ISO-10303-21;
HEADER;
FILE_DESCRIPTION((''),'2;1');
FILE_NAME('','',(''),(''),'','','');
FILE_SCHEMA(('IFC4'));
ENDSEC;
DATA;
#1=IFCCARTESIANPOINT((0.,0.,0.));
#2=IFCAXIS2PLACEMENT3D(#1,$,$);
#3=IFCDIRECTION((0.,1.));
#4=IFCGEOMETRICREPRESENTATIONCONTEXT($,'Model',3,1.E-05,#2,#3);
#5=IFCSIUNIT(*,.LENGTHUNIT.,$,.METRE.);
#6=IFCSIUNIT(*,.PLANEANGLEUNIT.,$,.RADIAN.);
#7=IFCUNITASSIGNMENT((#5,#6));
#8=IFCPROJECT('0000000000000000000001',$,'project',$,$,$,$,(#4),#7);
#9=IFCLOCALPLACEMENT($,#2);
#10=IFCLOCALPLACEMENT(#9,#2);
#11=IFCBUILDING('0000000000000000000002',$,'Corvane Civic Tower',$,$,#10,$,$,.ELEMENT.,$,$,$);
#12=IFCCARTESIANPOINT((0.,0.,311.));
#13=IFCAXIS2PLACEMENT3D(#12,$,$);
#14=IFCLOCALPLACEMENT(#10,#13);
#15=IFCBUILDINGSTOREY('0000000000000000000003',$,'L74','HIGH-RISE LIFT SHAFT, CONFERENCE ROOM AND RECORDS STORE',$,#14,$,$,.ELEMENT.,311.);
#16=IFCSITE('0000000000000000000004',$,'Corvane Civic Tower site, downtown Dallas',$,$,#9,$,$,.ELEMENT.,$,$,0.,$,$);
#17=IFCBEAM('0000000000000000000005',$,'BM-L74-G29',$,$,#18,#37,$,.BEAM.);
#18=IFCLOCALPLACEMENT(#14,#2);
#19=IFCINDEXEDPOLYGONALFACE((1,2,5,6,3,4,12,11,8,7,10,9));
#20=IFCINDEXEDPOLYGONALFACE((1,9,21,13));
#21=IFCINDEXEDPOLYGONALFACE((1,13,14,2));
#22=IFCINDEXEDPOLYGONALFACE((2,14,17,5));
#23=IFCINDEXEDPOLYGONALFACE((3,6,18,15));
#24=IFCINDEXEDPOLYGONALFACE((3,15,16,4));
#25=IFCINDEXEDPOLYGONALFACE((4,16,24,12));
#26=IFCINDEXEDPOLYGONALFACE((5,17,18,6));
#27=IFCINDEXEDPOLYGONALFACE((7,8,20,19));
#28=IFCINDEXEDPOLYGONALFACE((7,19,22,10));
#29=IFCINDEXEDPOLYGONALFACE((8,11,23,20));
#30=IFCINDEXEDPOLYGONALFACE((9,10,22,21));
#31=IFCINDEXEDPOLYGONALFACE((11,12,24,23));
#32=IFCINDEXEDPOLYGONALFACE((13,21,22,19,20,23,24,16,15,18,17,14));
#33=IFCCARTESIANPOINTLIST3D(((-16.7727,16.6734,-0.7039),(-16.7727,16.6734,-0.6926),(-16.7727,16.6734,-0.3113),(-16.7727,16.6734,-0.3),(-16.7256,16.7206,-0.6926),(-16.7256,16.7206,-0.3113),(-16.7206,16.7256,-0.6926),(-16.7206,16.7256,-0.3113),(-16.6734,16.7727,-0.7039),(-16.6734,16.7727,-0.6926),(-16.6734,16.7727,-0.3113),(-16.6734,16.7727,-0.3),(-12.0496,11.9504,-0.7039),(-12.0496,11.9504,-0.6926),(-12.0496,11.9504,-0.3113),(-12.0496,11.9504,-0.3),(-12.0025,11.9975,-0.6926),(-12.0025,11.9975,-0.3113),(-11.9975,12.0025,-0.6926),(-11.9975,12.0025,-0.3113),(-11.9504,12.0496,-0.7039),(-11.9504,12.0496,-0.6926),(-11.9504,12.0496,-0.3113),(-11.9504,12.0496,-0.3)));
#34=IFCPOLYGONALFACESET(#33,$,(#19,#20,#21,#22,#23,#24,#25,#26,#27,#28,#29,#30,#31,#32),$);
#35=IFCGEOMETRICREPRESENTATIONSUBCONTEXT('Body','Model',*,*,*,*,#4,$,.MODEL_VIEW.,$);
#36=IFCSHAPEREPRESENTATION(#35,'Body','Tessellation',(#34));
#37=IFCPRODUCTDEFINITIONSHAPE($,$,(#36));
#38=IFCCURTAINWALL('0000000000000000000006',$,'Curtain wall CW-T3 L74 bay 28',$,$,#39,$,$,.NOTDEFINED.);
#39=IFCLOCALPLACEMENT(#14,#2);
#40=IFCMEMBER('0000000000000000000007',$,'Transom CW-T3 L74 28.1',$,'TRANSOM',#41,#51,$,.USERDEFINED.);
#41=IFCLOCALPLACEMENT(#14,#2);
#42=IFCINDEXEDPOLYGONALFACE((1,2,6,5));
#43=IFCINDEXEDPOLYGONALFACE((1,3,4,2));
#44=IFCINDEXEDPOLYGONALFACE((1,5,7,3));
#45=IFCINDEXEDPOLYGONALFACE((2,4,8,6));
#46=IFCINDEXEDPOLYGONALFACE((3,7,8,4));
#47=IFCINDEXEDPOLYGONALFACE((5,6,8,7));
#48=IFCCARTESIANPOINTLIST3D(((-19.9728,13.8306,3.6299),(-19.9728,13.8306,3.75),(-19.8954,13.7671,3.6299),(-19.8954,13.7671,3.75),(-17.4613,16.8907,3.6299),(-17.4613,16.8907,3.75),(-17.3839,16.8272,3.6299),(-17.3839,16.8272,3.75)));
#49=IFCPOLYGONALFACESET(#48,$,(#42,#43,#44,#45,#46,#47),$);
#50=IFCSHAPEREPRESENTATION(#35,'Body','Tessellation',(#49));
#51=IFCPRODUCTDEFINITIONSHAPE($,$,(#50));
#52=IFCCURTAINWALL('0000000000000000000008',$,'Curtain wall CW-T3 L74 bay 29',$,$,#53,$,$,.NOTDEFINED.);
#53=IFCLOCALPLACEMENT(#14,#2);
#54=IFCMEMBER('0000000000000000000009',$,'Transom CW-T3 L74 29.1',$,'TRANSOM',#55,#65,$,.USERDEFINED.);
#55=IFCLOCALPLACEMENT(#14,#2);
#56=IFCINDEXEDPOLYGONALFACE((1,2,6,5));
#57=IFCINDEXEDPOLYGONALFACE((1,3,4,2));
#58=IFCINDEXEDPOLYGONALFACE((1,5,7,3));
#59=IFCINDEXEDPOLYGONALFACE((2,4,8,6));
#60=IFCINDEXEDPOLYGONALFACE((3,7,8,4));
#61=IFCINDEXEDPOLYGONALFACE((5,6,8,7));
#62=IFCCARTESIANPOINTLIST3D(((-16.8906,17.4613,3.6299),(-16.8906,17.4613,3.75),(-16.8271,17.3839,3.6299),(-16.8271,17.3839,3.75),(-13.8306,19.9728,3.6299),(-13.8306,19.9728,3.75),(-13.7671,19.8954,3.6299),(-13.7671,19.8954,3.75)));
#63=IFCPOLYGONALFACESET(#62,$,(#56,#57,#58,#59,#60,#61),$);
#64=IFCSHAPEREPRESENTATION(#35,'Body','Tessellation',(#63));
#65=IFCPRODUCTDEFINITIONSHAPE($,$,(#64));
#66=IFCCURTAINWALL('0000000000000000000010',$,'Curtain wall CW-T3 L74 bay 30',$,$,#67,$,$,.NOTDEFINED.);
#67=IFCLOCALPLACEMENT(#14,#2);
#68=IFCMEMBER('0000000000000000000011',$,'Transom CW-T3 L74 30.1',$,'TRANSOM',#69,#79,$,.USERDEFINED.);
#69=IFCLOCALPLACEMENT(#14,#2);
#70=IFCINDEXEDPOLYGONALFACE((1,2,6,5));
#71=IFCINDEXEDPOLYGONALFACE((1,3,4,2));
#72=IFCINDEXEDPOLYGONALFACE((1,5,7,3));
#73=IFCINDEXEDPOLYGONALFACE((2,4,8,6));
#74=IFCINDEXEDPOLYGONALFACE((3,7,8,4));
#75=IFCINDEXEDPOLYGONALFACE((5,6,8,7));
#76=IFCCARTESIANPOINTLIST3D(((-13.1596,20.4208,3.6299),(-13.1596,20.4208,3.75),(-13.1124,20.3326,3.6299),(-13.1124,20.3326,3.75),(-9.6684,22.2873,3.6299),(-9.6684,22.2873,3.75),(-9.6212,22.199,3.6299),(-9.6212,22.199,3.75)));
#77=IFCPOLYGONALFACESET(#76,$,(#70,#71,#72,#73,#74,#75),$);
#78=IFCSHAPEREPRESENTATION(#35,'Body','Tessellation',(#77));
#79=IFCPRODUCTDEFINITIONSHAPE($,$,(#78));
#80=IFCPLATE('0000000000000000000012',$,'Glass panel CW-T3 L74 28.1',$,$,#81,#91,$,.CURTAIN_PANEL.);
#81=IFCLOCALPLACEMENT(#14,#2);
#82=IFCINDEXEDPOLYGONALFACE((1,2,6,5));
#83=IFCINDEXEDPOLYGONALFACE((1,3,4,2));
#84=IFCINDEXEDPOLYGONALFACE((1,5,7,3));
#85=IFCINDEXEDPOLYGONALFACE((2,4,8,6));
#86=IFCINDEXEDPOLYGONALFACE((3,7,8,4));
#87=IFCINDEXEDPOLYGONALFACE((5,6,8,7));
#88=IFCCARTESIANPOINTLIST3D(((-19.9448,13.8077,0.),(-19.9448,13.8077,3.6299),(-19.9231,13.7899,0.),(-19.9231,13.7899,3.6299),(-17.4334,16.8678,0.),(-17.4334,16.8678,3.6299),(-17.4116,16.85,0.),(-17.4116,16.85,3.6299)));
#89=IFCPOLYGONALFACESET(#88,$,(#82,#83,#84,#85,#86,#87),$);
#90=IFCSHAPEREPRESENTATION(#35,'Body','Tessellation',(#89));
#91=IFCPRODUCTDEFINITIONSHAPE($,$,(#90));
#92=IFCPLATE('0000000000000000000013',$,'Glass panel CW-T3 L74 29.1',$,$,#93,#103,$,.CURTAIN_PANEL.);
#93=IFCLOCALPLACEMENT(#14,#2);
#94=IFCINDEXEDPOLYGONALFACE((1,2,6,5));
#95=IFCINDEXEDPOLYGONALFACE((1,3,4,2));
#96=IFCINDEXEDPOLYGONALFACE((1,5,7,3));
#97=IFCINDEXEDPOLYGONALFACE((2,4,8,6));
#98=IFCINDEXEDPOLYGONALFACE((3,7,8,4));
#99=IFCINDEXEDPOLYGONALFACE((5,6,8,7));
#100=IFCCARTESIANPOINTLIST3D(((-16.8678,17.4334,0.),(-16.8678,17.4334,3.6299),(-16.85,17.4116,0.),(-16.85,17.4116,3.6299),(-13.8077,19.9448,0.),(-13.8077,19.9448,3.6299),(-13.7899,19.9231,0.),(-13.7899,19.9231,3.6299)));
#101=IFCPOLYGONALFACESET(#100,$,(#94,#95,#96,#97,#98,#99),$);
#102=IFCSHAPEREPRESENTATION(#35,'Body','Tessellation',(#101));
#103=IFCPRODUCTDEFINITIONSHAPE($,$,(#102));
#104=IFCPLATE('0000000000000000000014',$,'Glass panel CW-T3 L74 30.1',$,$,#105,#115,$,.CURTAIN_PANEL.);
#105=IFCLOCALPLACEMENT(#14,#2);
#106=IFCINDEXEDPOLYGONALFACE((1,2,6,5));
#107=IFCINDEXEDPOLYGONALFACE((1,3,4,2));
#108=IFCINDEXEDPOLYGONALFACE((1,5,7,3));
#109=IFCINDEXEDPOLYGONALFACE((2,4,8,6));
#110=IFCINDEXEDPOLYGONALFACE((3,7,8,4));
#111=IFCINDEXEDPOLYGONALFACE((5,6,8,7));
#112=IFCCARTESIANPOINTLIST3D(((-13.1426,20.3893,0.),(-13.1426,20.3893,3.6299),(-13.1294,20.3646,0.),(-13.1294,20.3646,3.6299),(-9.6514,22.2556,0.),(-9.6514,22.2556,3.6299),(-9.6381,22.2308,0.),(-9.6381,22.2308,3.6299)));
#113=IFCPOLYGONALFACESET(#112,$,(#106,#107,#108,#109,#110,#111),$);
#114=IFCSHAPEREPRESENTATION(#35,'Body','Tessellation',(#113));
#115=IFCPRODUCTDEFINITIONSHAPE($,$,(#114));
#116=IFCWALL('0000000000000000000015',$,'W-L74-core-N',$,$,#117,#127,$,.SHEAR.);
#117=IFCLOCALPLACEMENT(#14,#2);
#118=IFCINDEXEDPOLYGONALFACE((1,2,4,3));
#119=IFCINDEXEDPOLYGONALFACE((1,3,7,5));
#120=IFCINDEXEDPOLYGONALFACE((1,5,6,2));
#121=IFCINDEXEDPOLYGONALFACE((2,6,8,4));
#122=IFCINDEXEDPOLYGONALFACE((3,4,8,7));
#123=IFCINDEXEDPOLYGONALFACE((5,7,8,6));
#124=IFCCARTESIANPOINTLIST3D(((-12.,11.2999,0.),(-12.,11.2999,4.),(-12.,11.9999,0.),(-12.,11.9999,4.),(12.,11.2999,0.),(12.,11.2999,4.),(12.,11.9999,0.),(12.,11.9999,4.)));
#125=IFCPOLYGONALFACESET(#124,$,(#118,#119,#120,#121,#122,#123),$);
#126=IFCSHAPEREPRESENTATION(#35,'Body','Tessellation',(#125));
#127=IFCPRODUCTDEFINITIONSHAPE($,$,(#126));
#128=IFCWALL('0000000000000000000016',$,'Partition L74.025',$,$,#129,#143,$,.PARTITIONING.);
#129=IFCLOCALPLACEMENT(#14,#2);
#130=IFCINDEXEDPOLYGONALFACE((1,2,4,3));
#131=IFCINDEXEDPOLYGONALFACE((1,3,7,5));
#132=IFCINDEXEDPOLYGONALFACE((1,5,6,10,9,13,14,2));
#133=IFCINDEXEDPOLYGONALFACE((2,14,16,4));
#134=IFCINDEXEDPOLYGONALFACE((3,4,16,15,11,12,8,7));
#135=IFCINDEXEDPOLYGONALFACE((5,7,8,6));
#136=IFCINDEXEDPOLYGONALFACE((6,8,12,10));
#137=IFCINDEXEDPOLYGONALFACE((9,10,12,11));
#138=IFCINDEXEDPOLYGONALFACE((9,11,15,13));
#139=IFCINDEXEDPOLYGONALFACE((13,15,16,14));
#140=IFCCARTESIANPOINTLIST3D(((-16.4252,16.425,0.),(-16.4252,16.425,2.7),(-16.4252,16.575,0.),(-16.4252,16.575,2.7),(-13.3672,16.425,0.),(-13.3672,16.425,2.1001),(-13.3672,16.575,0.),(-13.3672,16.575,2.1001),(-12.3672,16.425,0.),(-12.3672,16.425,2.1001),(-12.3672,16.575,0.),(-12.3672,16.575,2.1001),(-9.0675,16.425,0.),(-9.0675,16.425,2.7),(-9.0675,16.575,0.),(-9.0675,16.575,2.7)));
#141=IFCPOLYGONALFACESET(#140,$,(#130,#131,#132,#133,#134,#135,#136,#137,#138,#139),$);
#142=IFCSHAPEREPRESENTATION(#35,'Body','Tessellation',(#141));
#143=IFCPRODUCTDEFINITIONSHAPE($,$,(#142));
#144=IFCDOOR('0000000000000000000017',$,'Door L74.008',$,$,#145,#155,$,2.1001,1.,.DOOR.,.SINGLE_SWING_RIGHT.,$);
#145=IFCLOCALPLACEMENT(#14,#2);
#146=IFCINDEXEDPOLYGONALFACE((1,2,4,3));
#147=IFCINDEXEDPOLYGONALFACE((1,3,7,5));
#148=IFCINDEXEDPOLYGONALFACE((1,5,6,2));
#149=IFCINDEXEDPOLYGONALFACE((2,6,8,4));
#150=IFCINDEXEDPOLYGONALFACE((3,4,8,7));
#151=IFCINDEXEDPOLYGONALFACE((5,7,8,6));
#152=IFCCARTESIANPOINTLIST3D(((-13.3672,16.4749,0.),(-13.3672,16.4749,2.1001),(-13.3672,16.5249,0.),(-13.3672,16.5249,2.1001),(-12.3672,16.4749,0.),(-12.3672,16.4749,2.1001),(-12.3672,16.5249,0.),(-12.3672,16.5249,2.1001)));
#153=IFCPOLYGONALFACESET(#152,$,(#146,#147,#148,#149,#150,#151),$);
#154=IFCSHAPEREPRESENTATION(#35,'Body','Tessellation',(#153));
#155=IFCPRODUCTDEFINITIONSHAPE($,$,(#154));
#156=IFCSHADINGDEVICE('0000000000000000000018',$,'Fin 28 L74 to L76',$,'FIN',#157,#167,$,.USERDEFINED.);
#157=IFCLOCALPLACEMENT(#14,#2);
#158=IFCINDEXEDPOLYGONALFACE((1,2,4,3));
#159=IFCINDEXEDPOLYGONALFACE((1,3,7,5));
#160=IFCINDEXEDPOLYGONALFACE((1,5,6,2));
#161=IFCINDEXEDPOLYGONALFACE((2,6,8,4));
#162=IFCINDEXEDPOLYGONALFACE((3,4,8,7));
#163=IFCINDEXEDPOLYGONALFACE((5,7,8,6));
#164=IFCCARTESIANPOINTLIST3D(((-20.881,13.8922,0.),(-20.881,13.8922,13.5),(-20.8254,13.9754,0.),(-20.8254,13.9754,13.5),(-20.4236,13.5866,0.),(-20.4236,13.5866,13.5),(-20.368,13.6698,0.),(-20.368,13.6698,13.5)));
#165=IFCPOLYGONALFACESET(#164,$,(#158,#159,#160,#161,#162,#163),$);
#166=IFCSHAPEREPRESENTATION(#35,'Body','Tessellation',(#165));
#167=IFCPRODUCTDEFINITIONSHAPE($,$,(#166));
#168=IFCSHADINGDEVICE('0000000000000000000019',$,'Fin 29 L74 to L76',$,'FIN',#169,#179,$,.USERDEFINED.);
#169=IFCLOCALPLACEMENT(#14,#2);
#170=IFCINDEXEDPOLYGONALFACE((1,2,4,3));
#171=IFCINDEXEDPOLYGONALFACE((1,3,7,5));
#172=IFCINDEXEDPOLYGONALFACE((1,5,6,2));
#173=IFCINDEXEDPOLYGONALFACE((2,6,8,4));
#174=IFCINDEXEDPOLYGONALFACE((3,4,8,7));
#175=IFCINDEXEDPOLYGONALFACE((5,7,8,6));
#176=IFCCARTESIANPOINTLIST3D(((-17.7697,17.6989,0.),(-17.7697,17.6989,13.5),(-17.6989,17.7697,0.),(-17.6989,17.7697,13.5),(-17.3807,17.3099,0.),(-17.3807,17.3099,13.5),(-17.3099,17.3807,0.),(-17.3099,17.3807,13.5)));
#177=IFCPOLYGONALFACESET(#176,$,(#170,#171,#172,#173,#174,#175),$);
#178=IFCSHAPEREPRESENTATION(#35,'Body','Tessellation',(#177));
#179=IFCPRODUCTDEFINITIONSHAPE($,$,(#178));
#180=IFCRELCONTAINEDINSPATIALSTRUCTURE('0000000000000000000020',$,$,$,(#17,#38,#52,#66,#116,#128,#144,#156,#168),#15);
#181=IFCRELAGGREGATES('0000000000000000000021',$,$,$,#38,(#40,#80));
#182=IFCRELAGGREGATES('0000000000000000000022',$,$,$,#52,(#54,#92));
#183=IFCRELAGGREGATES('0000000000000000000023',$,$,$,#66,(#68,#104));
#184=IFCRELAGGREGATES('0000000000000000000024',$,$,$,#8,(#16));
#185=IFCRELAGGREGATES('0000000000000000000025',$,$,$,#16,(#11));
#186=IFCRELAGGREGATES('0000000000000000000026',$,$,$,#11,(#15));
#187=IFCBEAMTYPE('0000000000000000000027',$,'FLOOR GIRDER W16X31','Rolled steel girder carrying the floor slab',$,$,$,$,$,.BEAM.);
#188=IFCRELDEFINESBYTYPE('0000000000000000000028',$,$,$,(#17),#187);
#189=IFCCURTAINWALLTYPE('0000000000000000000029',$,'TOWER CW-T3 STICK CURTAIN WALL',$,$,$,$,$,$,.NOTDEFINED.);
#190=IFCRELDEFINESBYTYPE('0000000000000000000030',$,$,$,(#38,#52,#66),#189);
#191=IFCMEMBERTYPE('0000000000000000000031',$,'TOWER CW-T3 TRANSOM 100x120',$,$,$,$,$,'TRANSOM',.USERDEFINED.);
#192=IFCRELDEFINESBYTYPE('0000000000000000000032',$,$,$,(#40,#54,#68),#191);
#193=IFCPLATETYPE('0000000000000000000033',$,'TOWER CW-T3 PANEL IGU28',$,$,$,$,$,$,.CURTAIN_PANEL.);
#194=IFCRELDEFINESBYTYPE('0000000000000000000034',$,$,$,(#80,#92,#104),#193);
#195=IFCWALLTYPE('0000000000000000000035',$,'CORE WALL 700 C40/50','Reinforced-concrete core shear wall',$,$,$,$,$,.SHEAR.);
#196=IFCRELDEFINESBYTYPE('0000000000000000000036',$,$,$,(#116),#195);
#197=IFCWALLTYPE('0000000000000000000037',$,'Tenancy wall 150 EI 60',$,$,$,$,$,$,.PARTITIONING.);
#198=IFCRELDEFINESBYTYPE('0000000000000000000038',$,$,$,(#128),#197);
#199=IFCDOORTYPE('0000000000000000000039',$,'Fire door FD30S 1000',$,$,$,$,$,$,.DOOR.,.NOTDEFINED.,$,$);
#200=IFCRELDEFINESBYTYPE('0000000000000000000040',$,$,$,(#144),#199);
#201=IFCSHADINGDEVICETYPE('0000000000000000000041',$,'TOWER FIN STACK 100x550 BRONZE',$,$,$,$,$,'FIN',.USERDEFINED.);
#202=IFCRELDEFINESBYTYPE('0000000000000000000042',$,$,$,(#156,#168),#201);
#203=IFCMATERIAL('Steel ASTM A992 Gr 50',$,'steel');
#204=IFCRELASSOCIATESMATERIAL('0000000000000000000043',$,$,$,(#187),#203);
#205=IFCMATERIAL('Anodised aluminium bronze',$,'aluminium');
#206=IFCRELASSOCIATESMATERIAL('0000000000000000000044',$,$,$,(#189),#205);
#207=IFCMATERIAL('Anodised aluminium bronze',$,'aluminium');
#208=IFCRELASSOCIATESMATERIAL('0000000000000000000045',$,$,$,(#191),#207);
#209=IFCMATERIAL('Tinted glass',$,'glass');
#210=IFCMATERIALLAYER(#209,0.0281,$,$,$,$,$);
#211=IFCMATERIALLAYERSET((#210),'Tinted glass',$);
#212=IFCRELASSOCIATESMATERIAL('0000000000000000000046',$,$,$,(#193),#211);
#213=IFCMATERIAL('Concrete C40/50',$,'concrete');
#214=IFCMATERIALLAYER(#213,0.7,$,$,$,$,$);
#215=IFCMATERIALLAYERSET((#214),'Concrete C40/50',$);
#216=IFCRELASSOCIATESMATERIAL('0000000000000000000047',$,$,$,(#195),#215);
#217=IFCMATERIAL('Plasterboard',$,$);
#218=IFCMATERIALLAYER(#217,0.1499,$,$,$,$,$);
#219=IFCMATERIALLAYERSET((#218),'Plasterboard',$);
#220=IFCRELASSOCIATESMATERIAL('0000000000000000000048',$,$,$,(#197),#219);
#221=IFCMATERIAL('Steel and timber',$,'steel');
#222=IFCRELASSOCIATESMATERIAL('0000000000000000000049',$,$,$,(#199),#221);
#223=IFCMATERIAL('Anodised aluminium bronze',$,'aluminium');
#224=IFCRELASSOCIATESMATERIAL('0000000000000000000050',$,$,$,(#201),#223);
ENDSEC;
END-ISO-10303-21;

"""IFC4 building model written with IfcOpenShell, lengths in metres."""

from ifc_helpers import new_model, si_unit, direction, frame, frame_2d, origin, origin_2d, place, context, subcontext, project, spatial, rectangle, i_section, extrude, material, layer, layer_set, material_profile, profile_set, type_object, element, fill, aggregate, save


model = new_model("IFC4")

# Units and contexts
model_context = context("Model", 3, precision=1e-05, world=origin(), true_north=direction((0.0, 1.0)))
body_context = subcontext(model_context, "Body", "Model", "MODEL_VIEW")
ifc_project = project(units=[si_unit("LENGTHUNIT", "METRE"), si_unit("PLANEANGLEUNIT", "RADIAN")], contexts=[model_context])

# Site, building, storey
site_placement = place(None, origin())
site = spatial("IfcSite", under=ifc_project, at=site_placement, Name="Corvane Civic Tower site, downtown Dallas", CompositionType="ELEMENT", RefElevation=0.0)
building_placement = place(site_placement, origin())
building = spatial("IfcBuilding", under=site, at=building_placement, Name="Corvane Civic Tower", CompositionType="ELEMENT")
storey_placement = place(building_placement, frame((0.0, 0.0, 311.0)))
storey = spatial("IfcBuildingStorey", under=building, at=storey_placement, Name="L74", Description="HIGH-RISE LIFT SHAFT, CONFERENCE ROOM AND RECORDS STORE", CompositionType="ELEMENT", Elevation=311.0)

# Beam
ifc_material_1 = material(Name="Steel ASTM A992 Gr 50", Category="steel")
ifc_material_profile_1 = material_profile(ifc_material_1, i_section(OverallWidth=0.1404, OverallDepth=0.4038, WebThickness=0.0071, FlangeThickness=0.0112, at=origin_2d()), Name="W16X31")
ifc_profile_set_1 = profile_set([ifc_material_profile_1], Name="Steel ASTM A992 Gr 50")
beam_type_1 = type_object("IfcBeamType", Name="FLOOR GIRDER W16X31", Description="Rolled steel girder carrying the floor slab", PredefinedType="BEAM", material=ifc_profile_set_1)
beam_1_placement = place(storey_placement, frame((-12.0, 12.0, -0.502), z_axis=(-0.707107, 0.707107, 0.0), x_axis=(-0.707107, -0.707107, 0.0)))
element("IfcBeam", 1, at=beam_1_placement, inside=storey, type_object=beam_type_1, Name="BM-L74-G29", PredefinedType="BEAM", context=body_context, shape_type="SweptSolid", body=[
    extrude(i_section(OverallWidth=0.1404, OverallDepth=0.4038, WebThickness=0.0071, FlangeThickness=0.0112, at=origin_2d()), origin(), (0.0, 0.0, 1.0), 6.6794),
])

# Curtain walls, members
ifc_material_2 = material(Name="Anodised aluminium bronze", Category="aluminium")
curtain_wall_type = type_object("IfcCurtainWallType", Name="TOWER CW-T3 STICK CURTAIN WALL", PredefinedType="NOTDEFINED", material=ifc_material_2)
curtain_wall_1_placement = place(storey_placement, origin())
curtain_wall_1 = element("IfcCurtainWall", 2, at=curtain_wall_1_placement, inside=storey, type_object=curtain_wall_type, Name="Curtain wall CW-T3 L74 bay 28", PredefinedType="NOTDEFINED")
ifc_material_3 = material(Name="Anodised aluminium bronze", Category="aluminium")
ifc_material_profile_2 = material_profile(ifc_material_3, rectangle(XDim=0.1001, YDim=0.1201, at=origin_2d()), Name="TOWER CW-T3 TRANSOM 100x120")
ifc_profile_set_2 = profile_set([ifc_material_profile_2], Name="Anodised aluminium bronze")
member_type = type_object("IfcMemberType", Name="TOWER CW-T3 TRANSOM 100x120", ElementType="TRANSOM", PredefinedType="USERDEFINED", material=ifc_profile_set_2)
member_1_placement = place(storey_placement, frame((-19.9341, 13.7988, 3.6899), z_axis=(0.634416, 0.772992, 0.0), x_axis=(-0.772992, 0.634416, 0.0)))
member_1 = element("IfcMember", 3, at=member_1_placement, type_object=member_type, Name="Transom CW-T3 L74 28.1", ObjectType="TRANSOM", PredefinedType="USERDEFINED", context=body_context, shape_type="SweptSolid", body=[
    extrude(rectangle(XDim=0.1001, YDim=0.1201, at=origin_2d()), origin(), (0.0, 0.0, 1.0), 3.9587),
])
curtain_wall_2_placement = place(storey_placement, origin())
curtain_wall_2 = element("IfcCurtainWall", 4, at=curtain_wall_2_placement, inside=storey, type_object=curtain_wall_type, Name="Curtain wall CW-T3 L74 bay 29", PredefinedType="NOTDEFINED")
member_2_placement = place(storey_placement, frame((-16.8589, 17.4226, 3.6899), z_axis=(0.772992, 0.634416, 0.0), x_axis=(-0.634416, 0.772992, 0.0)))
member_2 = element("IfcMember", 5, at=member_2_placement, type_object=member_type, Name="Transom CW-T3 L74 29.1", ObjectType="TRANSOM", PredefinedType="USERDEFINED", context=body_context, shape_type="SweptSolid", body=[
    extrude(rectangle(XDim=0.1001, YDim=0.1201, at=origin_2d()), origin(), (0.0, 0.0, 1.0), 3.9587),
])
curtain_wall_3_placement = place(storey_placement, origin())
curtain_wall_3 = element("IfcCurtainWall", 6, at=curtain_wall_3_placement, inside=storey, type_object=curtain_wall_type, Name="Curtain wall CW-T3 L74 bay 30", PredefinedType="NOTDEFINED")
member_3_placement = place(storey_placement, frame((-13.136, 20.3767, 3.6899), z_axis=(0.881883, 0.471468, 0.0), x_axis=(-0.471468, 0.881883, 0.0)))
member_3 = element("IfcMember", 7, at=member_3_placement, type_object=member_type, Name="Transom CW-T3 L74 30.1", ObjectType="TRANSOM", PredefinedType="USERDEFINED", context=body_context, shape_type="SweptSolid", body=[
    extrude(rectangle(XDim=0.1001, YDim=0.1201, at=origin_2d()), origin(), (0.0, 0.0, 1.0), 3.9587),
])

# Plates
ifc_material_4 = material(Name="Tinted glass", Category="glass")
ifc_layer_1 = layer(ifc_material_4, 0.0281)
ifc_layer_set_1 = layer_set([ifc_layer_1], Name="Tinted glass")
plate_type = type_object("IfcPlateType", Name="TOWER CW-T3 PANEL IGU28", PredefinedType="CURTAIN_PANEL", material=ifc_layer_set_1)
plate_1_placement = place(storey_placement, frame((-18.6782, 15.3289, 0.0), z_axis=(0.0, 0.0, 1.0), x_axis=(0.634405, 0.773001, 0.0)))
plate_1 = element("IfcPlate", 8, at=plate_1_placement, type_object=plate_type, Name="Glass panel CW-T3 L74 28.1", PredefinedType="CURTAIN_PANEL", context=body_context, shape_type="SweptSolid", body=[
    extrude(rectangle(XDim=3.9587, YDim=0.0281, at=origin_2d()), origin(), (0.0, 0.0, 1.0), 3.6299),
])
aggregate(curtain_wall_1, [member_1, plate_1])
plate_2_placement = place(storey_placement, frame((-15.3289, 18.6782, 0.0), z_axis=(0.0, 0.0, 1.0), x_axis=(0.773001, 0.634405, 0.0)))
plate_2 = element("IfcPlate", 9, at=plate_2_placement, type_object=plate_type, Name="Glass panel CW-T3 L74 29.1", PredefinedType="CURTAIN_PANEL", context=body_context, shape_type="SweptSolid", body=[
    extrude(rectangle(XDim=3.9587, YDim=0.0281, at=origin_2d()), origin(), (0.0, 0.0, 1.0), 3.6299),
])
aggregate(curtain_wall_2, [member_2, plate_2])
plate_3_placement = place(storey_placement, frame((-11.3904, 21.3101, 0.0), z_axis=(0.0, 0.0, 1.0), x_axis=(0.881908, 0.471421, 0.0)))
plate_3 = element("IfcPlate", 10, at=plate_3_placement, type_object=plate_type, Name="Glass panel CW-T3 L74 30.1", PredefinedType="CURTAIN_PANEL", context=body_context, shape_type="SweptSolid", body=[
    extrude(rectangle(XDim=3.9587, YDim=0.0281, at=origin_2d()), origin(), (0.0, 0.0, 1.0), 3.6299),
])
aggregate(curtain_wall_3, [member_3, plate_3])

# Wall
ifc_material_5 = material(Name="Concrete C40/50", Category="concrete")
ifc_layer_2 = layer(ifc_material_5, 0.7)
ifc_layer_set_2 = layer_set([ifc_layer_2], Name="Concrete C40/50")
wall_type_1 = type_object("IfcWallType", Name="CORE WALL 700 C40/50", Description="Reinforced-concrete core shear wall", PredefinedType="SHEAR", material=ifc_layer_set_2)
wall_1_placement = place(storey_placement, frame((-12.0, 11.6499, 0.0), z_axis=(0.0, 0.0, 1.0), x_axis=(1.0, 0.0, 0.0)))
element("IfcWall", 11, at=wall_1_placement, inside=storey, type_object=wall_type_1, Name="W-L74-core-N", PredefinedType="SHEAR", context=body_context, shape_type="SweptSolid", body=[
    extrude(rectangle(XDim=24.0, YDim=0.7, at=frame_2d((12.0, 0.0))), origin(), (0.0, 0.0, 1.0), 4.0),
])

# Wall, opening, door
ifc_material_6 = material(Name="Plasterboard")
ifc_layer_3 = layer(ifc_material_6, 0.1499)
ifc_layer_set_3 = layer_set([ifc_layer_3], Name="Plasterboard")
wall_type_2 = type_object("IfcWallType", Name="Tenancy wall 150 EI 60", PredefinedType="PARTITIONING", material=ifc_layer_set_3)
wall_2_placement = place(storey_placement, frame((-16.425, 16.5, 0.0), z_axis=(0.0, 0.0, 1.0), x_axis=(1.0, 0.0, 0.0)))
wall_2 = element("IfcWall", 12, at=wall_2_placement, inside=storey, type_object=wall_type_2, Name="Partition L74.025", PredefinedType="PARTITIONING", context=body_context, shape_type="SweptSolid", body=[
    extrude(rectangle(XDim=7.3577, YDim=0.1499, at=frame_2d((3.6787, 0.0))), origin(), (0.0, 0.0, 1.0), 2.7),
])
opening_placement = place(wall_2_placement, frame((3.0579, 0.0, 0.0)))
opening = element("IfcOpeningElement", 13, at=opening_placement, cuts=wall_2, PredefinedType="OPENING", context=body_context, shape_type="SweptSolid", body=[
    extrude(rectangle(XDim=1.0, YDim=2.1001, at=frame_2d((0.5, 1.05))), frame((0.0, 0.085, 0.0), z_axis=(0.0, -1.0, 0.0), x_axis=(1.0, 0.0, 0.0)), (0.0, 0.0, 1.0), 0.1699),
])
ifc_material_7 = material(Name="Steel and timber", Category="steel")
door_type = type_object("IfcDoorType", Name="Fire door FD30S 1000", OperationType="NOTDEFINED", PredefinedType="DOOR", material=ifc_material_7)
door_placement = place(opening_placement, origin())
door = element("IfcDoor", 14, at=door_placement, inside=storey, type_object=door_type, Name="Door L74.008", OperationType="SINGLE_SWING_RIGHT", OverallHeight=2.1001, OverallWidth=1.0, PredefinedType="DOOR", context=body_context, shape_type="SweptSolid", body=[
    extrude(rectangle(XDim=1.0, YDim=2.1001, at=frame_2d((0.5, 1.05))), frame((0.0, 0.0249, 0.0), z_axis=(0.0, -1.0, 0.0), x_axis=(1.0, 0.0, 0.0)), (0.0, 0.0, 1.0), 0.05),
])
fill(opening, door)

# Shading devices
ifc_material_8 = material(Name="Anodised aluminium bronze", Category="aluminium")
ifc_material_profile_3 = material_profile(ifc_material_8, rectangle(XDim=0.1001, YDim=0.55, at=origin_2d()), Name="TOWER FIN STACK 100x550 BRONZE")
ifc_profile_set_3 = profile_set([ifc_material_profile_3], Name="Anodised aluminium bronze")
shading_device_type = type_object("IfcShadingDeviceType", Name="TOWER FIN STACK 100x550 BRONZE", ElementType="FIN", PredefinedType="USERDEFINED", material=ifc_profile_set_3)
for number, where, z_axis, x_axis, name in (
    (15, (-20.6245, 13.781, 0.0), (0.0, 0.0, 1.0), (0.55557, 0.83147, 0.0), "Fin 28 L74 to L76"),
    (16, (-17.5398, 17.5398, 0.0), (0.0, 0.0, 1.0), (0.707107, 0.707107, 0.0), "Fin 29 L74 to L76"),
):
    element("IfcShadingDevice", number, at=place(storey_placement, frame(where, z_axis=z_axis, x_axis=x_axis)), inside=storey, type_object=shading_device_type, Name=name, ObjectType="FIN", PredefinedType="USERDEFINED", context=body_context, shape_type="SweptSolid", body=[
        extrude(rectangle(XDim=0.1001, YDim=0.55, at=origin_2d()), origin(), (0.0, 0.0, 1.0), 13.5),
    ])

save(model, "model.ifc")
